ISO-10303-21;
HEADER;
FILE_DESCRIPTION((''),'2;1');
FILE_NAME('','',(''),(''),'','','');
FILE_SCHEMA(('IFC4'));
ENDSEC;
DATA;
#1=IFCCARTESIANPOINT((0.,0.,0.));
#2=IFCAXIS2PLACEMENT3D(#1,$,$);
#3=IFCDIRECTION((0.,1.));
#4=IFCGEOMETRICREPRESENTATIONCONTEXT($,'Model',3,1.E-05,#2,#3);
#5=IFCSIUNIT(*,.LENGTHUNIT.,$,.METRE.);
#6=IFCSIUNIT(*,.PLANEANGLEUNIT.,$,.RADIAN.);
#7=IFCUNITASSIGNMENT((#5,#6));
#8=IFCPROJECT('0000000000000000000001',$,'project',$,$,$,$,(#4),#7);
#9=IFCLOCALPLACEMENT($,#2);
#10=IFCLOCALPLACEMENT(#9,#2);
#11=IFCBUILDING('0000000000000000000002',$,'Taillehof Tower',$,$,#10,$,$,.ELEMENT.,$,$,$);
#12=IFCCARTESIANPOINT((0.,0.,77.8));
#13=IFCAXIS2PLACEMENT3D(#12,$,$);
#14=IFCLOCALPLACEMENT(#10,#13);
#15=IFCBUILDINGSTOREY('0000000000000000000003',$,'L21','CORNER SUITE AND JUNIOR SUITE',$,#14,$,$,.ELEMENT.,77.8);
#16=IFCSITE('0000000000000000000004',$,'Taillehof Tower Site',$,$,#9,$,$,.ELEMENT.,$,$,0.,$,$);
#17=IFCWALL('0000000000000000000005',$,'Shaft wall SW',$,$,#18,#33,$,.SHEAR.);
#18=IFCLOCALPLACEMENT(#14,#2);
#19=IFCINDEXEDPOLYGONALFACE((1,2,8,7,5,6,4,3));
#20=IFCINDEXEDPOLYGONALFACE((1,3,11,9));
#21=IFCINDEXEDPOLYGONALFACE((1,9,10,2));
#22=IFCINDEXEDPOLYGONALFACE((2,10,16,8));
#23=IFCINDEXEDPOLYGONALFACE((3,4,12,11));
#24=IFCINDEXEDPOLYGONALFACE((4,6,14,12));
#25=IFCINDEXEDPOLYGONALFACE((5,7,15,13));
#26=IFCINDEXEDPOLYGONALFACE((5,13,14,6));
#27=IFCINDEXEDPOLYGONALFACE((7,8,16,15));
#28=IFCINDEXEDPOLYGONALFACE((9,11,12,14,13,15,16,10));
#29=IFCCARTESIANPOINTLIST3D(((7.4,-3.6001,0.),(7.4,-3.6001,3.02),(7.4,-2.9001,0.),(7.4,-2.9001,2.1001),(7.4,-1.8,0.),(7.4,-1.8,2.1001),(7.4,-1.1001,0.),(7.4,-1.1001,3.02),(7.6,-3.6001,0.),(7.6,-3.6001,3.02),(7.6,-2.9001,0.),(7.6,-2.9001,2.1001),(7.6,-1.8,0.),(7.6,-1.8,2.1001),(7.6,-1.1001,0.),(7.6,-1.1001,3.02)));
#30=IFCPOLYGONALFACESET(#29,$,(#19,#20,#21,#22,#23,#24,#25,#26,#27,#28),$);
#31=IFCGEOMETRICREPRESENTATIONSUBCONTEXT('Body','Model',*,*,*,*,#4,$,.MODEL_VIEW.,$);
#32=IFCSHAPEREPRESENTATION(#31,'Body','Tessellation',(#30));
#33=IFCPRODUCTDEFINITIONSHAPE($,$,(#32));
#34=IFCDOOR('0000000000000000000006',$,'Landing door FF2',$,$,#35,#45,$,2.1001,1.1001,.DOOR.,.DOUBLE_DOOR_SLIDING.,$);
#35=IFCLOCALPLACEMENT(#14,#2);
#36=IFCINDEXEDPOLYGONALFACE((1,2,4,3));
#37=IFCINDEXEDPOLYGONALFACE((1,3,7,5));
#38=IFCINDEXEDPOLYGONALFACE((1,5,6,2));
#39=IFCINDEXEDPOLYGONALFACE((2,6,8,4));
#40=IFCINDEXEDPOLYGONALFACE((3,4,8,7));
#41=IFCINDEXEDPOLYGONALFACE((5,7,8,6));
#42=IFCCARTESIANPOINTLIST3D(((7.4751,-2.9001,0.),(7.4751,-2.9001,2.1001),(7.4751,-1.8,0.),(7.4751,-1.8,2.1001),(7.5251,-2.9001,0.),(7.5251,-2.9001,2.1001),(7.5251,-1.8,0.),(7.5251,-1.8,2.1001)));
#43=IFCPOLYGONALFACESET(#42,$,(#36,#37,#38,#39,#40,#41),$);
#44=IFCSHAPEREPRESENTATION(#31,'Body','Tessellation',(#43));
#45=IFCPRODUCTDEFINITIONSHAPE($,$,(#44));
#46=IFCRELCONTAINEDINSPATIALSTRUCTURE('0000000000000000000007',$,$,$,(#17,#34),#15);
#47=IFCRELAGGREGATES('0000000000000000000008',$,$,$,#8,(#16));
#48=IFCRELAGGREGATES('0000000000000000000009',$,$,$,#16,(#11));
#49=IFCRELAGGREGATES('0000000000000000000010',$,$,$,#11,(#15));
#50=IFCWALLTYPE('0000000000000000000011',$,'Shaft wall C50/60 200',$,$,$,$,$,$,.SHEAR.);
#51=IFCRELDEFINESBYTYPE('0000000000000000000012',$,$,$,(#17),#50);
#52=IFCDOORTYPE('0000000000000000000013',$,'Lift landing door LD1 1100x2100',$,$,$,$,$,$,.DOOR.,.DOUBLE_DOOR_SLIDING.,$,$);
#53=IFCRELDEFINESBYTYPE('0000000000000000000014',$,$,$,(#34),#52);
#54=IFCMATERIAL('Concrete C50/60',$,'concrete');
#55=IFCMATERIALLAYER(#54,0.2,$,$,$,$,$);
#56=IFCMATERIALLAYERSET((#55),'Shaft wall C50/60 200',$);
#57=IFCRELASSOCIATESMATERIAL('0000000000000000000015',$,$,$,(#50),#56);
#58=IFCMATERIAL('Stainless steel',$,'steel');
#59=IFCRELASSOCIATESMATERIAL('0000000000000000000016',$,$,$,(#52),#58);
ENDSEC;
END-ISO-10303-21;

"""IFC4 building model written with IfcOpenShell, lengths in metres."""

from ifc_helpers import new_model, si_unit, direction, frame, frame_2d, origin, place, context, subcontext, project, spatial, rectangle, extrude, material, layer, layer_set, type_object, element, fill, save


model = new_model("IFC4")

# Units and contexts
model_context = context("Model", 3, precision=1e-05, world=origin(), true_north=direction((0.0, 1.0)))
body_context = subcontext(model_context, "Body", "Model", "MODEL_VIEW")
ifc_project = project(units=[si_unit("LENGTHUNIT", "METRE"), si_unit("PLANEANGLEUNIT", "RADIAN")], contexts=[model_context])

# Site, building, storey
site_placement = place(None, origin())
site = spatial("IfcSite", under=ifc_project, at=site_placement, Name="Taillehof Tower Site", CompositionType="ELEMENT", RefElevation=0.0)
building_placement = place(site_placement, origin())
building = spatial("IfcBuilding", under=site, at=building_placement, Name="Taillehof Tower", CompositionType="ELEMENT")
storey_placement = place(building_placement, frame((0.0, 0.0, 77.8)))
storey = spatial("IfcBuildingStorey", under=building, at=storey_placement, Name="L21", Description="CORNER SUITE AND JUNIOR SUITE", CompositionType="ELEMENT", Elevation=77.8)

# Shared definitions
ifc_material_1 = material(Name="Concrete C50/60", Category="concrete")
ifc_layer_1 = layer(ifc_material_1, 0.2)
ifc_layer_set_1 = layer_set([ifc_layer_1], Name="Shaft wall C50/60 200")
wall_type_1 = type_object("IfcWallType", Name="Shaft wall C50/60 200", PredefinedType="SHEAR", material=ifc_layer_set_1)

# Shared definitions
ifc_material_2 = material(Name="Stainless steel", Category="steel")
door_type_1 = type_object("IfcDoorType", Name="Lift landing door LD1 1100x2100", OperationType="DOUBLE_DOOR_SLIDING", PredefinedType="DOOR", material=ifc_material_2)

# Wall, opening, door
wall_1_placement = place(storey_placement, frame((7.5, -3.6001, 0.0), z_axis=(0.0, 0.0, 1.0), x_axis=(0.0, 1.0, 0.0)))
wall_1 = element("IfcWall", 1, at=wall_1_placement, inside=storey, type_object=wall_type_1, Name="Shaft wall SW", PredefinedType="SHEAR", context=body_context, shape_type="SweptSolid", body=[
    extrude(rectangle(XDim=2.5, YDim=0.2, at=frame_2d((1.25, 0.0))), origin(), (0.0, 0.0, 1.0), 3.02),
])
opening_1_placement = place(wall_1_placement, frame((0.7, 0.0, 0.0)))
opening_1 = element("IfcOpeningElement", 2, at=opening_1_placement, cuts=wall_1, PredefinedType="OPENING", context=body_context, shape_type="SweptSolid", body=[
    extrude(rectangle(XDim=1.1001, YDim=2.1001, at=frame_2d((0.55, 1.05))), frame((0.0, 0.1099, 0.0), z_axis=(0.0, -1.0, 0.0), x_axis=(1.0, 0.0, 0.0)), (0.0, 0.0, 1.0), 0.22),
])
door_1_placement = place(opening_1_placement, origin())
door_1 = element("IfcDoor", 3, at=door_1_placement, inside=storey, type_object=door_type_1, Name="Landing door FF2", OperationType="DOUBLE_DOOR_SLIDING", OverallHeight=2.1001, OverallWidth=1.1001, PredefinedType="DOOR", context=body_context, shape_type="SweptSolid", body=[
    extrude(rectangle(XDim=1.1001, YDim=2.1001, at=frame_2d((0.55, 1.05))), frame((0.0, 0.0249, 0.0), z_axis=(0.0, -1.0, 0.0), x_axis=(1.0, 0.0, 0.0)), (0.0, 0.0, 1.0), 0.05),
])
fill(opening_1, door_1)

save(model, "model.ifc")
